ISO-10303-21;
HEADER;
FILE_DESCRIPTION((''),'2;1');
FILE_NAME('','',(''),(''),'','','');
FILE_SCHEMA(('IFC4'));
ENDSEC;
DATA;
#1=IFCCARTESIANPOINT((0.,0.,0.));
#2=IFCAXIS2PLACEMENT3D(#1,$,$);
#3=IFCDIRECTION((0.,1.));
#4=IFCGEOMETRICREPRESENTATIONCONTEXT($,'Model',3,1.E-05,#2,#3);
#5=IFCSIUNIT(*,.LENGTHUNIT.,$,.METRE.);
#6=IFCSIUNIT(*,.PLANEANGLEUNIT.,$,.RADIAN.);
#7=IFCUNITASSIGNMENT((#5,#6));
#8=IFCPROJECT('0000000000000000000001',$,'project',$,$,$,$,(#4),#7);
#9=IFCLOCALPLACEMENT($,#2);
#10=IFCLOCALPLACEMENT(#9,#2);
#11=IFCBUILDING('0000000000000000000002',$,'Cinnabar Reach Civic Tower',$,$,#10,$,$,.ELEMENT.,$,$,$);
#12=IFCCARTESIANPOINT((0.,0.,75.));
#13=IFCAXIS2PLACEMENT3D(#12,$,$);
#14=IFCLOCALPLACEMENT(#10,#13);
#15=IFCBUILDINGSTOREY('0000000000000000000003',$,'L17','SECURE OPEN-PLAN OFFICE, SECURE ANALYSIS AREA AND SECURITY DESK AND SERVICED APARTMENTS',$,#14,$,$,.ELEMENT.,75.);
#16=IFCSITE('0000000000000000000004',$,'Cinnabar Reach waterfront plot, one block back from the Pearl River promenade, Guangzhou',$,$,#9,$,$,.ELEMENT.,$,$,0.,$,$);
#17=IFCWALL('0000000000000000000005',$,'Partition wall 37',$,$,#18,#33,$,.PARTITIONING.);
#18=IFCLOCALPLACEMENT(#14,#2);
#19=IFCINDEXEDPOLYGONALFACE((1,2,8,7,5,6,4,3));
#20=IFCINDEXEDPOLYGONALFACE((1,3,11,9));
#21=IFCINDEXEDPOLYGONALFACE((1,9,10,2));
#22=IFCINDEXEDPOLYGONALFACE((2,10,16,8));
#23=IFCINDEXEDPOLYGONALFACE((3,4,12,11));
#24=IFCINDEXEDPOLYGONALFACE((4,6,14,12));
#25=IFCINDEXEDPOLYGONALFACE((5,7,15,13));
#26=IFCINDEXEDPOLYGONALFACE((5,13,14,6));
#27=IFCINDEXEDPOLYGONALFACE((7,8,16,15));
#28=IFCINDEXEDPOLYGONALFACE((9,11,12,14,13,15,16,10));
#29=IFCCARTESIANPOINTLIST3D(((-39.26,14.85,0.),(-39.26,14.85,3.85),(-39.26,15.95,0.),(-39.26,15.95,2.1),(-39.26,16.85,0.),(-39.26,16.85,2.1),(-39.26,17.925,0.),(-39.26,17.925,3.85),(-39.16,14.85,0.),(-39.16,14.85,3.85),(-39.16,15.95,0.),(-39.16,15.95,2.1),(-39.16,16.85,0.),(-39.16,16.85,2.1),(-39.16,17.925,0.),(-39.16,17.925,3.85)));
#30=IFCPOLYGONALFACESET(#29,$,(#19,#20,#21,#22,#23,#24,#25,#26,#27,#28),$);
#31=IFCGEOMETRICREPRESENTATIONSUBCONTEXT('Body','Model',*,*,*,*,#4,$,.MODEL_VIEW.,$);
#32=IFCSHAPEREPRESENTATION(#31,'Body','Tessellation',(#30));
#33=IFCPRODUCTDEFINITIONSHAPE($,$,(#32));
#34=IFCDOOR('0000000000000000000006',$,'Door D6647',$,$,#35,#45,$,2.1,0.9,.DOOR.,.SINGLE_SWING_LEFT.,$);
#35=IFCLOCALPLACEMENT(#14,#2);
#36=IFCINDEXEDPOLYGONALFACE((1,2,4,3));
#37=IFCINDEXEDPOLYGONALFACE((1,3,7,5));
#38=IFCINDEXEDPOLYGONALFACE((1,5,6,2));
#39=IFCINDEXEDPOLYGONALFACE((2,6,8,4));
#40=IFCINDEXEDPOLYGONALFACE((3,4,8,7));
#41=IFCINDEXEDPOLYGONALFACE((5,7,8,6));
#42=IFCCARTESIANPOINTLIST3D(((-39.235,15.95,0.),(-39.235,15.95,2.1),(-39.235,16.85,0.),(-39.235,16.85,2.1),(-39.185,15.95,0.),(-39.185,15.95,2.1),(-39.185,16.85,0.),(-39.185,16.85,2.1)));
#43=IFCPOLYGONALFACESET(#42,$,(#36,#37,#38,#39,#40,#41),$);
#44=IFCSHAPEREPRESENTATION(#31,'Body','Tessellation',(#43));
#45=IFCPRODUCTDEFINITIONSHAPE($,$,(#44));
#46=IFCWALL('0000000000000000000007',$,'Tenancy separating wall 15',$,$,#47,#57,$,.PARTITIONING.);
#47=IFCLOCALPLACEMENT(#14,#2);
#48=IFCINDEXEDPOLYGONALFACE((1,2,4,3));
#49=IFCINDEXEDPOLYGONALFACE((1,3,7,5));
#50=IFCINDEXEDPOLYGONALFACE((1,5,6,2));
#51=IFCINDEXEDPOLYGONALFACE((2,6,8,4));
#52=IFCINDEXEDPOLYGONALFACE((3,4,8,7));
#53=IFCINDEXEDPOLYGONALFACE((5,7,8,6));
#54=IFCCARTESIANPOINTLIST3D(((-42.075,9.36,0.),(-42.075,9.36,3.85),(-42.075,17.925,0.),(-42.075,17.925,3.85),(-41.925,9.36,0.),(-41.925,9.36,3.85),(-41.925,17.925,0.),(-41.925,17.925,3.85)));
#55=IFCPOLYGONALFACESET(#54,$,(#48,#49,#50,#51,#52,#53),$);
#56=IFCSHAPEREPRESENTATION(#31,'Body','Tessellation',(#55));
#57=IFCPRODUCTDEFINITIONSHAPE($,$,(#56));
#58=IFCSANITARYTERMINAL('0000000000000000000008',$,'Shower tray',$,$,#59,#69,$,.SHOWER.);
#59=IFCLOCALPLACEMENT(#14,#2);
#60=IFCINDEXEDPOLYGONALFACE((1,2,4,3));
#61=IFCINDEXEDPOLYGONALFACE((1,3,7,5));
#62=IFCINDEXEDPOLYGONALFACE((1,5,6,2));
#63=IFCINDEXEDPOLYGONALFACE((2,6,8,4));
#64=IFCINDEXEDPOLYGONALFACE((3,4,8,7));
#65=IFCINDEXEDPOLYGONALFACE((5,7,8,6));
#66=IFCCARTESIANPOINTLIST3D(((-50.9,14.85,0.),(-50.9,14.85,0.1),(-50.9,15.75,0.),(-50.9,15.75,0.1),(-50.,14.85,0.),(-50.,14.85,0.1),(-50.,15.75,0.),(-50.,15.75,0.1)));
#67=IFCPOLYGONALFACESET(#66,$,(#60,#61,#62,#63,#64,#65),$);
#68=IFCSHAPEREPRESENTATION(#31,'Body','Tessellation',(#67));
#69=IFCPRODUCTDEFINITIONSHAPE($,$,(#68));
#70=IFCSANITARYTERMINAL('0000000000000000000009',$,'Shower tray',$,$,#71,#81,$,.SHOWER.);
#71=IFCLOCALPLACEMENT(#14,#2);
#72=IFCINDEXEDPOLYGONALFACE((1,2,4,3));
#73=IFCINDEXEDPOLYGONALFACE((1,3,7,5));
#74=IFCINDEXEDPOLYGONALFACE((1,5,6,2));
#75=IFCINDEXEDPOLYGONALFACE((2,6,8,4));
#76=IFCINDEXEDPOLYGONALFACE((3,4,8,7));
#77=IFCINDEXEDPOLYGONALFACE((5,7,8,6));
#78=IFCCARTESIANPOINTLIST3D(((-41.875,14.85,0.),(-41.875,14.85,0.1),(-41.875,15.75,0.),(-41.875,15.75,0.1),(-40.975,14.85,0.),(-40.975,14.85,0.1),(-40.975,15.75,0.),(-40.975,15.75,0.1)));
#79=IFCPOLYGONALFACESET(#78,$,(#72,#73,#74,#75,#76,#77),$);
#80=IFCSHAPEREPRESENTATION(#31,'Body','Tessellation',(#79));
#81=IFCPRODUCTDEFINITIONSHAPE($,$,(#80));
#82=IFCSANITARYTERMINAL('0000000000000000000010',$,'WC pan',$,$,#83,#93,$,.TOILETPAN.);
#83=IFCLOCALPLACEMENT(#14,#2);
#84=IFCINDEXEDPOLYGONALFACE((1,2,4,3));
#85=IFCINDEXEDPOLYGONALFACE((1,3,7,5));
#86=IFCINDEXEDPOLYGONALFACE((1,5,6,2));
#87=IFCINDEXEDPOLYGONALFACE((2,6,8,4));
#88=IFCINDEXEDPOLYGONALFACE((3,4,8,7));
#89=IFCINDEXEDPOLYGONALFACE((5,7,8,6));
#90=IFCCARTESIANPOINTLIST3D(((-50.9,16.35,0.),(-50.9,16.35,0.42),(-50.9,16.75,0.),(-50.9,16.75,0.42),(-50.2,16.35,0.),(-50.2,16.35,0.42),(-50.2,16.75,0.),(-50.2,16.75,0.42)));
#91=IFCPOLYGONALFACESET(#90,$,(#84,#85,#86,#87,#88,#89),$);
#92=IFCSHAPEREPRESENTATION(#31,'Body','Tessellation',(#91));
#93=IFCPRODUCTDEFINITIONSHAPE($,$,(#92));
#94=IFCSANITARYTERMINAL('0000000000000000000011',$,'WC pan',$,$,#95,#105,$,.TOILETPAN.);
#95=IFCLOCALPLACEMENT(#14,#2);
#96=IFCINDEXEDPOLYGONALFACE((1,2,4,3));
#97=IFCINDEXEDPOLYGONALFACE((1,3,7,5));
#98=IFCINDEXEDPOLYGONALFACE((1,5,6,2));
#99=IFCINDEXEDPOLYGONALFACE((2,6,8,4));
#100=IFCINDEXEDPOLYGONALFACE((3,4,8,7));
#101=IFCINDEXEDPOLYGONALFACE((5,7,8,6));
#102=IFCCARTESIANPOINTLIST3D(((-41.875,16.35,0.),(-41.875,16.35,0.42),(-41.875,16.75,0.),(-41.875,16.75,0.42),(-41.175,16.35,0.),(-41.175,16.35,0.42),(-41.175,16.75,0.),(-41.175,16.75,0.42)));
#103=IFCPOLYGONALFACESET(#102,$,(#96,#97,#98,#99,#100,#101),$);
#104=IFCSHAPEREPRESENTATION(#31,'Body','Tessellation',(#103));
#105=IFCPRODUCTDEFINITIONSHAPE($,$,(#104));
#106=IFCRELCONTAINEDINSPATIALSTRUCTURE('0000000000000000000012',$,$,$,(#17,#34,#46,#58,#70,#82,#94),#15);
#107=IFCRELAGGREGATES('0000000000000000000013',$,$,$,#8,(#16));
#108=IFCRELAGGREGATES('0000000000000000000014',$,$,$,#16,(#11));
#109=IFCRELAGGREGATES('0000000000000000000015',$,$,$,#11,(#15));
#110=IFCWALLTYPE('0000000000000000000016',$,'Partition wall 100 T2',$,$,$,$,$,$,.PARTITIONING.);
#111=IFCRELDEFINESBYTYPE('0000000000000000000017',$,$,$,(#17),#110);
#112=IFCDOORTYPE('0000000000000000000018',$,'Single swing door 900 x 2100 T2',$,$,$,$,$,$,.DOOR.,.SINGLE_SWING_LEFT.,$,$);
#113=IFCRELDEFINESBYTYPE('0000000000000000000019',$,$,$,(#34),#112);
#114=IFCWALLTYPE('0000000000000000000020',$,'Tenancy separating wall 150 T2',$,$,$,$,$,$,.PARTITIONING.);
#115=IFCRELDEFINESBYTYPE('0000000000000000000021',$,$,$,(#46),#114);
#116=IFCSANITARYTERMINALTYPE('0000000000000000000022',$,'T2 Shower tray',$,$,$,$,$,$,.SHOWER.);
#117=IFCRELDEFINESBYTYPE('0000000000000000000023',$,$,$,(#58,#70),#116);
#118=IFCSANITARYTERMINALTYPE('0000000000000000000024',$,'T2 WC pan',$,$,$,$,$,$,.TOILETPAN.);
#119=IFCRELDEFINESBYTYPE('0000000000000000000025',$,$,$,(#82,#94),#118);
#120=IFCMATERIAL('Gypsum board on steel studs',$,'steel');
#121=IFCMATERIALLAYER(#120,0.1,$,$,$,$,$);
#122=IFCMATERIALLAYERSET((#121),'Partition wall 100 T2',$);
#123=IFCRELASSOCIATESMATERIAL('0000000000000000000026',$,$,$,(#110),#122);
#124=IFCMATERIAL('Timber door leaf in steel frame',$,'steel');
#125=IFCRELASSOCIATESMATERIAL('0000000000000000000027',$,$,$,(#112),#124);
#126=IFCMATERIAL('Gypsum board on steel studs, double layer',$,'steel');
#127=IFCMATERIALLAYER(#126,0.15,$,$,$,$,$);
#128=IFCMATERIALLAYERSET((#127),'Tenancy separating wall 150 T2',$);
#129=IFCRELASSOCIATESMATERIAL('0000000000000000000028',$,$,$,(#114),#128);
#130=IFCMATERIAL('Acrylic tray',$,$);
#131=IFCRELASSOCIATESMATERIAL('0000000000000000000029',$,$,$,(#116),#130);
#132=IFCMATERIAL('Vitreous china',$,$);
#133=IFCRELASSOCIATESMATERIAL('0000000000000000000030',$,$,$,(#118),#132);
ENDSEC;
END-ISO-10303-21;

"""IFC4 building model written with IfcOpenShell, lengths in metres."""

from ifc_helpers import new_model, si_unit, direction, frame, frame_2d, origin, origin_2d, place, context, subcontext, project, spatial, rectangle, extrude, material, layer, layer_set, type_object, element, fill, save


model = new_model("IFC4")

# Units and contexts
model_context = context("Model", 3, precision=1e-05, world=origin(), true_north=direction((0.0, 1.0)))
body_context = subcontext(model_context, "Body", "Model", "MODEL_VIEW")
ifc_project = project(units=[si_unit("LENGTHUNIT", "METRE"), si_unit("PLANEANGLEUNIT", "RADIAN")], contexts=[model_context])

# Site, building, storey
site_placement = place(None, origin())
site = spatial("IfcSite", under=ifc_project, at=site_placement, Name="Cinnabar Reach waterfront plot, one block back from the Pearl River promenade, Guangzhou", CompositionType="ELEMENT", RefElevation=0.0)
building_placement = place(site_placement, origin())
building = spatial("IfcBuilding", under=site, at=building_placement, Name="Cinnabar Reach Civic Tower", CompositionType="ELEMENT")
storey_placement = place(building_placement, frame((0.0, 0.0, 75.0)))
storey = spatial("IfcBuildingStorey", under=building, at=storey_placement, Name="L17", Description="SECURE OPEN-PLAN OFFICE, SECURE ANALYSIS AREA AND SECURITY DESK AND SERVICED APARTMENTS", CompositionType="ELEMENT", Elevation=75.0)

# Shared definitions
ifc_material_1 = material(Name="Gypsum board on steel studs", Category="steel")
ifc_layer_1 = layer(ifc_material_1, 0.1)
ifc_layer_set_1 = layer_set([ifc_layer_1], Name="Partition wall 100 T2")
wall_type_1 = type_object("IfcWallType", Name="Partition wall 100 T2", PredefinedType="PARTITIONING", material=ifc_layer_set_1)
ifc_material_2 = material(Name="Timber door leaf in steel frame", Category="steel")
door_type = type_object("IfcDoorType", Name="Single swing door 900 x 2100 T2", OperationType="SINGLE_SWING_LEFT", PredefinedType="DOOR", material=ifc_material_2)

# Wall, opening, door
wall_1_placement = place(storey_placement, frame((-39.21, 14.85, 0.0), z_axis=(0.0, 0.0, 1.0), x_axis=(0.0, 1.0, 0.0)))
wall_1 = element("IfcWall", 1, at=wall_1_placement, inside=storey, type_object=wall_type_1, Name="Partition wall 37", PredefinedType="PARTITIONING", context=body_context, shape_type="SweptSolid", body=[
    extrude(rectangle(XDim=3.075, YDim=0.1, at=frame_2d((1.5375, 0.0))), origin(), (0.0, 0.0, 1.0), 3.85),
])
opening_1_placement = place(wall_1_placement, frame((1.1, 0.0, 0.0)))
opening_1 = element("IfcOpeningElement", 2, at=opening_1_placement, cuts=wall_1, PredefinedType="OPENING", context=body_context, shape_type="SweptSolid", body=[
    extrude(rectangle(XDim=0.9, YDim=2.1, at=frame_2d((0.45, 1.05))), frame((0.0, 0.06, 0.0), z_axis=(0.0, -1.0, 0.0), x_axis=(1.0, 0.0, 0.0)), (0.0, 0.0, 1.0), 0.12),
])
door_1_placement = place(opening_1_placement, origin())
door_1 = element("IfcDoor", 3, at=door_1_placement, inside=storey, type_object=door_type, Name="Door D6647", OperationType="SINGLE_SWING_LEFT", OverallHeight=2.1, OverallWidth=0.9, PredefinedType="DOOR", context=body_context, shape_type="SweptSolid", body=[
    extrude(rectangle(XDim=0.9, YDim=2.1, at=frame_2d((0.45, 1.05))), frame((0.0, 0.025, 0.0), z_axis=(0.0, -1.0, 0.0), x_axis=(1.0, 0.0, 0.0)), (0.0, 0.0, 1.0), 0.05),
])
fill(opening_1, door_1)

# Wall
ifc_material_3 = material(Name="Gypsum board on steel studs, double layer", Category="steel")
ifc_layer_2 = layer(ifc_material_3, 0.15)
ifc_layer_set_2 = layer_set([ifc_layer_2], Name="Tenancy separating wall 150 T2")
wall_type_2 = type_object("IfcWallType", Name="Tenancy separating wall 150 T2", PredefinedType="PARTITIONING", material=ifc_layer_set_2)
wall_2_placement = place(storey_placement, frame((-42.0, 9.36, 0.0), z_axis=(0.0, 0.0, 1.0), x_axis=(0.0, 1.0, 0.0)))
element("IfcWall", 4, at=wall_2_placement, inside=storey, type_object=wall_type_2, Name="Tenancy separating wall 15", PredefinedType="PARTITIONING", context=body_context, shape_type="SweptSolid", body=[
    extrude(rectangle(XDim=8.565, YDim=0.15, at=frame_2d((4.2825, 0.0))), origin(), (0.0, 0.0, 1.0), 3.85),
])

# Sanitary terminals
ifc_material_4 = material(Name="Acrylic tray")
sanitary_terminal_type_1 = type_object("IfcSanitaryTerminalType", Name="T2 Shower tray", PredefinedType="SHOWER", material=ifc_material_4)
for number, where, z_axis, x_axis, name in (
    (5, (-50.45, 15.3, 0.0), (0.0, 0.0, 1.0), (1.0, 0.0, 0.0), "Shower tray"),
    (6, (-41.425, 15.3, 0.0), (0.0, 0.0, 1.0), (1.0, 0.0, 0.0), "Shower tray"),
):
    element("IfcSanitaryTerminal", number, at=place(storey_placement, frame(where, z_axis=z_axis, x_axis=x_axis)), inside=storey, type_object=sanitary_terminal_type_1, Name=name, PredefinedType="SHOWER", context=body_context, shape_type="SweptSolid", body=[
        extrude(rectangle(XDim=0.9, YDim=0.9, at=origin_2d()), origin(), (0.0, 0.0, 1.0), 0.1),
    ])
ifc_material_5 = material(Name="Vitreous china")
sanitary_terminal_type_2 = type_object("IfcSanitaryTerminalType", Name="T2 WC pan", PredefinedType="TOILETPAN", material=ifc_material_5)
for number, where, z_axis, x_axis, name in (
    (7, (-50.55, 16.55, 0.0), (0.0, 0.0, 1.0), (1.0, 0.0, 0.0), "WC pan"),
    (8, (-41.525, 16.55, 0.0), (0.0, 0.0, 1.0), (1.0, 0.0, 0.0), "WC pan"),
):
    element("IfcSanitaryTerminal", number, at=place(storey_placement, frame(where, z_axis=z_axis, x_axis=x_axis)), inside=storey, type_object=sanitary_terminal_type_2, Name=name, PredefinedType="TOILETPAN", context=body_context, shape_type="SweptSolid", body=[
        extrude(rectangle(XDim=0.7, YDim=0.4, at=origin_2d()), origin(), (0.0, 0.0, 1.0), 0.42),
    ])

save(model, "model.ifc")
